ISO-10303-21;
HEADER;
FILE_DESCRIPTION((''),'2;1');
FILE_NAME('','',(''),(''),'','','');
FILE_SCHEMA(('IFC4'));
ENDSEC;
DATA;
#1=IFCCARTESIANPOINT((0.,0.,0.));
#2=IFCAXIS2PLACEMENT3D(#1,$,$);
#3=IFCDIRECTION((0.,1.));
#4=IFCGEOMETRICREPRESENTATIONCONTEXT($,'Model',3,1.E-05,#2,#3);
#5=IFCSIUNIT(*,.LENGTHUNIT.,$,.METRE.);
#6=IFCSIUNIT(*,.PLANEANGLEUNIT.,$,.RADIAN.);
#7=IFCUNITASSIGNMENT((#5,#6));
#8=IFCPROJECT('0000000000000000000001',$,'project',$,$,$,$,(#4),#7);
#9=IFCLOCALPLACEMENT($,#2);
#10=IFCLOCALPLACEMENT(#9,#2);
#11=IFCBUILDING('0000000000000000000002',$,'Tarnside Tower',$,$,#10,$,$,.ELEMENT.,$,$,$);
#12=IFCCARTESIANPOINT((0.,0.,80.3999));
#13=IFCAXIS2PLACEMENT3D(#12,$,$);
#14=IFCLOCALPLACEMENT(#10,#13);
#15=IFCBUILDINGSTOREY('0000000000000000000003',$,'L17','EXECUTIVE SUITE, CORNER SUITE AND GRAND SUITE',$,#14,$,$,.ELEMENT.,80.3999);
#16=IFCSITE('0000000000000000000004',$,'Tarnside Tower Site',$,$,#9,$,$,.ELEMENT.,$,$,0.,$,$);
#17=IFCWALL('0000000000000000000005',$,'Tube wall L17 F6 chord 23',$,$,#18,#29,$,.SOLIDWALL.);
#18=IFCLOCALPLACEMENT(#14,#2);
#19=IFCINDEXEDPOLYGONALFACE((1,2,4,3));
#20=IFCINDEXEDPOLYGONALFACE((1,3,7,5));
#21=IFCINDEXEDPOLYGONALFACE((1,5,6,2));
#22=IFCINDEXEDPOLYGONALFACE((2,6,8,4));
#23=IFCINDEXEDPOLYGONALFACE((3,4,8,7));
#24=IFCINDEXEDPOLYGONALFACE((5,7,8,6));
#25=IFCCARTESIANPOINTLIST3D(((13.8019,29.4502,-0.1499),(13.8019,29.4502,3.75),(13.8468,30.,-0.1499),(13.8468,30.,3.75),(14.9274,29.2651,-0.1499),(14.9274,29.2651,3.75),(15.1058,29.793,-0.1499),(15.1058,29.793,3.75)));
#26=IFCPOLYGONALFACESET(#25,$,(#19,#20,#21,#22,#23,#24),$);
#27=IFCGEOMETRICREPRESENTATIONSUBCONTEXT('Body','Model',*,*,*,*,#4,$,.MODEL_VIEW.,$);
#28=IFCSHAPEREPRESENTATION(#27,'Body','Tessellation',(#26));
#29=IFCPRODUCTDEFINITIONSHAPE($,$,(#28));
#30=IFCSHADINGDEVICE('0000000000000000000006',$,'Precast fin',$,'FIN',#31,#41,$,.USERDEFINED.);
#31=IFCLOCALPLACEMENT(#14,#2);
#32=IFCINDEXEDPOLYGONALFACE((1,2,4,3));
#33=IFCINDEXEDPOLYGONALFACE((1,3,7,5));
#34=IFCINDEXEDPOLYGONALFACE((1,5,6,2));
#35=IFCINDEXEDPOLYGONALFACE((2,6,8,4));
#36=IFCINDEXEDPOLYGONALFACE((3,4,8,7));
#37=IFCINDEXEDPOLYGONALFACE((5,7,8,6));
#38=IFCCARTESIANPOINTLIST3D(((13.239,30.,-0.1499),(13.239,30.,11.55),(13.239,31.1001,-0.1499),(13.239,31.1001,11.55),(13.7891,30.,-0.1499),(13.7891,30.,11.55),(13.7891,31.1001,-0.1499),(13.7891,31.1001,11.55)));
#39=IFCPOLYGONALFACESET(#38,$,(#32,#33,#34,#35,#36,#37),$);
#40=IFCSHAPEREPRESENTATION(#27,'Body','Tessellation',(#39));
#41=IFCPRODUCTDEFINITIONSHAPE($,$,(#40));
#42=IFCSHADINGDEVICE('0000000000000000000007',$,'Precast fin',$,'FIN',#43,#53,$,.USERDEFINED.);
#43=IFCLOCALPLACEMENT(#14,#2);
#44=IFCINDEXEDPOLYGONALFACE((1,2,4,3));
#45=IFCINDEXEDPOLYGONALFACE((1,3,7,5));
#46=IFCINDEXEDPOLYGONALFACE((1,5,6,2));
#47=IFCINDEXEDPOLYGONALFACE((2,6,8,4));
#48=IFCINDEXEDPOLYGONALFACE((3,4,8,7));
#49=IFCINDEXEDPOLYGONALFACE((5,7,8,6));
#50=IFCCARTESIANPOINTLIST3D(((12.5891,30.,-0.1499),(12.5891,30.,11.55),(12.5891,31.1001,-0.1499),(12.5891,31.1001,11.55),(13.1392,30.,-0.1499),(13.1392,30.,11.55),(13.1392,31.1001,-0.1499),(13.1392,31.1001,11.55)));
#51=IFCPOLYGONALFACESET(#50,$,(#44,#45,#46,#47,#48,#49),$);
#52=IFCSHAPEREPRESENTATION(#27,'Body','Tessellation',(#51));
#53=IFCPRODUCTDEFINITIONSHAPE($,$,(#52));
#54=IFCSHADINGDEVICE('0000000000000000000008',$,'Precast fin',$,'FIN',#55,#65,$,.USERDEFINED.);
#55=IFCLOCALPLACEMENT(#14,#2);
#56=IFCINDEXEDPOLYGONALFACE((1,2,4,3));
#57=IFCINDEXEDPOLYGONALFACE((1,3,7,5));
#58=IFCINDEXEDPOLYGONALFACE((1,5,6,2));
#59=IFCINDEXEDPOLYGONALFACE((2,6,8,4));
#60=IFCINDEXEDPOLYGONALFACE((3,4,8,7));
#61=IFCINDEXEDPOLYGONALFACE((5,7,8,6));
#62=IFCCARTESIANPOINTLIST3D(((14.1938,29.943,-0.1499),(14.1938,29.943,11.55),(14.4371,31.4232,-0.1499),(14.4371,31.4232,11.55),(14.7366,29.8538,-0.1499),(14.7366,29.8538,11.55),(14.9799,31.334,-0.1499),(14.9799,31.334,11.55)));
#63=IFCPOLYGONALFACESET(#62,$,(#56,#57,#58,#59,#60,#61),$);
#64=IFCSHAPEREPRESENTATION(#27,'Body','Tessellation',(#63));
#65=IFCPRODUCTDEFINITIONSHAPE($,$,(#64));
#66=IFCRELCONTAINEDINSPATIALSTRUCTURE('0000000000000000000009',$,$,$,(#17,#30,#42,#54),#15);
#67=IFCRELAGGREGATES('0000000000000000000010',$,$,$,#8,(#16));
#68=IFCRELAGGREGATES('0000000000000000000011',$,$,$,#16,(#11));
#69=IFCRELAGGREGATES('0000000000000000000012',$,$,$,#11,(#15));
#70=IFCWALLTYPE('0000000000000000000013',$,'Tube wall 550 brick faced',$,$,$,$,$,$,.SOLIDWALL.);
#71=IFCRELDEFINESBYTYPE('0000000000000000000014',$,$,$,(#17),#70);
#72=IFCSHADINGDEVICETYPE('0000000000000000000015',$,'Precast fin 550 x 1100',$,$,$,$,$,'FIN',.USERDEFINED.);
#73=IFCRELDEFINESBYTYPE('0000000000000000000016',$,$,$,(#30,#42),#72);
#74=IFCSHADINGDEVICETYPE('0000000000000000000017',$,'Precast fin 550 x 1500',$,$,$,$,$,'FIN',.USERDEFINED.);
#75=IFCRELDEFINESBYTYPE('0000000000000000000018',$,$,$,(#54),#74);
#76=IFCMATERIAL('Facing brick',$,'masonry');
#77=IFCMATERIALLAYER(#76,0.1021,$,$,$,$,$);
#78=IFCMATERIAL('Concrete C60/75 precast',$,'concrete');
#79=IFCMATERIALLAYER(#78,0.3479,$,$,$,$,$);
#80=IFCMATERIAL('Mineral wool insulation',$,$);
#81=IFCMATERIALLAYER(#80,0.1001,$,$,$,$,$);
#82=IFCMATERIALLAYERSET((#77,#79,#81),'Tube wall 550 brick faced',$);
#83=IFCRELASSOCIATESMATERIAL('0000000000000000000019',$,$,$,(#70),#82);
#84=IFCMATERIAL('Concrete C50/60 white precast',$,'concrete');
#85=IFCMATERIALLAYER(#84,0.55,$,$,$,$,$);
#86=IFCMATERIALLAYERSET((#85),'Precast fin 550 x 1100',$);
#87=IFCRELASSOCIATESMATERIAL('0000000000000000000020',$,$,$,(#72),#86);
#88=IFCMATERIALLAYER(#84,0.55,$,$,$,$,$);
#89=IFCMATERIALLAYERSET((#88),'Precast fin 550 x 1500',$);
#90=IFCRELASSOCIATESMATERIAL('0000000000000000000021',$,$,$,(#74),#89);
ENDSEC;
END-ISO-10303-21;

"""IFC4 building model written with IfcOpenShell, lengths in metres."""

from ifc_helpers import new_model, si_unit, direction, frame, origin, place, context, subcontext, project, spatial, polyline, outline, extrude, material, layer, layer_set, type_object, element, save


model = new_model("IFC4")

# Units and contexts
model_context = context("Model", 3, precision=1e-05, world=origin(), true_north=direction((0.0, 1.0)))
body_context = subcontext(model_context, "Body", "Model", "MODEL_VIEW")
ifc_project = project(units=[si_unit("LENGTHUNIT", "METRE"), si_unit("PLANEANGLEUNIT", "RADIAN")], contexts=[model_context])

# Site, building, storey
site_placement = place(None, origin())
site = spatial("IfcSite", under=ifc_project, at=site_placement, Name="Tarnside Tower Site", CompositionType="ELEMENT", RefElevation=0.0)
building_placement = place(site_placement, origin())
building = spatial("IfcBuilding", under=site, at=building_placement, Name="Tarnside Tower", CompositionType="ELEMENT")
storey_placement = place(building_placement, frame((0.0, 0.0, 80.3999)))
storey = spatial("IfcBuildingStorey", under=building, at=storey_placement, Name="L17", Description="EXECUTIVE SUITE, CORNER SUITE AND GRAND SUITE", CompositionType="ELEMENT", Elevation=80.3999)

# Shared definitions
ifc_material_1 = material(Name="Facing brick", Category="masonry")
ifc_layer_1 = layer(ifc_material_1, 0.1021)
ifc_material_2 = material(Name="Concrete C60/75 precast", Category="concrete")
ifc_layer_2 = layer(ifc_material_2, 0.3479)
ifc_material_3 = material(Name="Mineral wool insulation")
ifc_layer_3 = layer(ifc_material_3, 0.1001)
ifc_layer_set_1 = layer_set([ifc_layer_1, ifc_layer_2, ifc_layer_3], Name="Tube wall 550 brick faced")
wall_type_1 = type_object("IfcWallType", Name="Tube wall 550 brick faced", PredefinedType="SOLIDWALL", material=ifc_layer_set_1)

# Wall
wall_1_placement = place(storey_placement, frame((15.0166, 29.5291, -0.1499), z_axis=(0.0, 0.0, 1.0), x_axis=(-0.986747, 0.162269, 0.0)))
element("IfcWall", 1, at=wall_1_placement, inside=storey, type_object=wall_type_1, Name="Tube wall L17 F6 chord 23", PredefinedType="SOLIDWALL", context=body_context, shape_type="SweptSolid", body=[
    extrude(outline(polyline([(-0.0452, -0.2749), (1.2307, -0.2749), (1.1858, 0.2749), (0.0452, 0.2749), (-0.0452, -0.2749)])), origin(), (0.0, 0.0, 1.0), 3.8999),
])

# Shading devices
ifc_material_4 = material(Name="Concrete C50/60 white precast", Category="concrete")
ifc_layer_4 = layer(ifc_material_4, 0.55)
ifc_layer_set_2 = layer_set([ifc_layer_4], Name="Precast fin 550 x 1100")
shading_device_type_1 = type_object("IfcShadingDeviceType", Name="Precast fin 550 x 1100", ElementType="FIN", PredefinedType="USERDEFINED", material=ifc_layer_set_2)
for number, where, z_axis, x_axis, name in (
    (2, (13.5139, 30.0, -0.1499), (1.0, 0.0, 0.0), (0.0, 1.0, 0.0), "Precast fin"),
    (3, (12.864, 30.0, -0.1499), (1.0, 0.0, 0.0), (0.0, 1.0, 0.0), "Precast fin"),
):
    element("IfcShadingDevice", number, at=place(storey_placement, frame(where, z_axis=z_axis, x_axis=x_axis)), inside=storey, type_object=shading_device_type_1, Name=name, ObjectType="FIN", PredefinedType="USERDEFINED", context=body_context, shape_type="SweptSolid", body=[
        extrude(outline(polyline([(0.0, 0.0), (1.1001, 0.0), (1.1001, 11.7), (0.0, 11.7), (0.0, 0.0)])), frame((0.0, 0.0, -0.2749)), (0.0, 0.0, 1.0), 0.55),
    ])
ifc_layer_5 = layer(ifc_material_4, 0.55)
ifc_layer_set_3 = layer_set([ifc_layer_5], Name="Precast fin 550 x 1500")
shading_device_type_2 = type_object("IfcShadingDeviceType", Name="Precast fin 550 x 1500", ElementType="FIN", PredefinedType="USERDEFINED", material=ifc_layer_set_3)
shading_device_placement = place(storey_placement, frame((14.4651, 29.8984, -0.1499), z_axis=(0.986762, -0.162178, 0.0), x_axis=(0.162178, 0.986762, 0.0)))
element("IfcShadingDevice", 4, at=shading_device_placement, inside=storey, type_object=shading_device_type_2, Name="Precast fin", ObjectType="FIN", PredefinedType="USERDEFINED", context=body_context, shape_type="SweptSolid", body=[
    extrude(outline(polyline([(0.0, 0.0), (1.5, 0.0), (1.5, 11.7), (0.0, 11.7), (0.0, 0.0)])), frame((0.0, 0.0, -0.2749)), (0.0, 0.0, 1.0), 0.55),
])

save(model, "model.ifc")
